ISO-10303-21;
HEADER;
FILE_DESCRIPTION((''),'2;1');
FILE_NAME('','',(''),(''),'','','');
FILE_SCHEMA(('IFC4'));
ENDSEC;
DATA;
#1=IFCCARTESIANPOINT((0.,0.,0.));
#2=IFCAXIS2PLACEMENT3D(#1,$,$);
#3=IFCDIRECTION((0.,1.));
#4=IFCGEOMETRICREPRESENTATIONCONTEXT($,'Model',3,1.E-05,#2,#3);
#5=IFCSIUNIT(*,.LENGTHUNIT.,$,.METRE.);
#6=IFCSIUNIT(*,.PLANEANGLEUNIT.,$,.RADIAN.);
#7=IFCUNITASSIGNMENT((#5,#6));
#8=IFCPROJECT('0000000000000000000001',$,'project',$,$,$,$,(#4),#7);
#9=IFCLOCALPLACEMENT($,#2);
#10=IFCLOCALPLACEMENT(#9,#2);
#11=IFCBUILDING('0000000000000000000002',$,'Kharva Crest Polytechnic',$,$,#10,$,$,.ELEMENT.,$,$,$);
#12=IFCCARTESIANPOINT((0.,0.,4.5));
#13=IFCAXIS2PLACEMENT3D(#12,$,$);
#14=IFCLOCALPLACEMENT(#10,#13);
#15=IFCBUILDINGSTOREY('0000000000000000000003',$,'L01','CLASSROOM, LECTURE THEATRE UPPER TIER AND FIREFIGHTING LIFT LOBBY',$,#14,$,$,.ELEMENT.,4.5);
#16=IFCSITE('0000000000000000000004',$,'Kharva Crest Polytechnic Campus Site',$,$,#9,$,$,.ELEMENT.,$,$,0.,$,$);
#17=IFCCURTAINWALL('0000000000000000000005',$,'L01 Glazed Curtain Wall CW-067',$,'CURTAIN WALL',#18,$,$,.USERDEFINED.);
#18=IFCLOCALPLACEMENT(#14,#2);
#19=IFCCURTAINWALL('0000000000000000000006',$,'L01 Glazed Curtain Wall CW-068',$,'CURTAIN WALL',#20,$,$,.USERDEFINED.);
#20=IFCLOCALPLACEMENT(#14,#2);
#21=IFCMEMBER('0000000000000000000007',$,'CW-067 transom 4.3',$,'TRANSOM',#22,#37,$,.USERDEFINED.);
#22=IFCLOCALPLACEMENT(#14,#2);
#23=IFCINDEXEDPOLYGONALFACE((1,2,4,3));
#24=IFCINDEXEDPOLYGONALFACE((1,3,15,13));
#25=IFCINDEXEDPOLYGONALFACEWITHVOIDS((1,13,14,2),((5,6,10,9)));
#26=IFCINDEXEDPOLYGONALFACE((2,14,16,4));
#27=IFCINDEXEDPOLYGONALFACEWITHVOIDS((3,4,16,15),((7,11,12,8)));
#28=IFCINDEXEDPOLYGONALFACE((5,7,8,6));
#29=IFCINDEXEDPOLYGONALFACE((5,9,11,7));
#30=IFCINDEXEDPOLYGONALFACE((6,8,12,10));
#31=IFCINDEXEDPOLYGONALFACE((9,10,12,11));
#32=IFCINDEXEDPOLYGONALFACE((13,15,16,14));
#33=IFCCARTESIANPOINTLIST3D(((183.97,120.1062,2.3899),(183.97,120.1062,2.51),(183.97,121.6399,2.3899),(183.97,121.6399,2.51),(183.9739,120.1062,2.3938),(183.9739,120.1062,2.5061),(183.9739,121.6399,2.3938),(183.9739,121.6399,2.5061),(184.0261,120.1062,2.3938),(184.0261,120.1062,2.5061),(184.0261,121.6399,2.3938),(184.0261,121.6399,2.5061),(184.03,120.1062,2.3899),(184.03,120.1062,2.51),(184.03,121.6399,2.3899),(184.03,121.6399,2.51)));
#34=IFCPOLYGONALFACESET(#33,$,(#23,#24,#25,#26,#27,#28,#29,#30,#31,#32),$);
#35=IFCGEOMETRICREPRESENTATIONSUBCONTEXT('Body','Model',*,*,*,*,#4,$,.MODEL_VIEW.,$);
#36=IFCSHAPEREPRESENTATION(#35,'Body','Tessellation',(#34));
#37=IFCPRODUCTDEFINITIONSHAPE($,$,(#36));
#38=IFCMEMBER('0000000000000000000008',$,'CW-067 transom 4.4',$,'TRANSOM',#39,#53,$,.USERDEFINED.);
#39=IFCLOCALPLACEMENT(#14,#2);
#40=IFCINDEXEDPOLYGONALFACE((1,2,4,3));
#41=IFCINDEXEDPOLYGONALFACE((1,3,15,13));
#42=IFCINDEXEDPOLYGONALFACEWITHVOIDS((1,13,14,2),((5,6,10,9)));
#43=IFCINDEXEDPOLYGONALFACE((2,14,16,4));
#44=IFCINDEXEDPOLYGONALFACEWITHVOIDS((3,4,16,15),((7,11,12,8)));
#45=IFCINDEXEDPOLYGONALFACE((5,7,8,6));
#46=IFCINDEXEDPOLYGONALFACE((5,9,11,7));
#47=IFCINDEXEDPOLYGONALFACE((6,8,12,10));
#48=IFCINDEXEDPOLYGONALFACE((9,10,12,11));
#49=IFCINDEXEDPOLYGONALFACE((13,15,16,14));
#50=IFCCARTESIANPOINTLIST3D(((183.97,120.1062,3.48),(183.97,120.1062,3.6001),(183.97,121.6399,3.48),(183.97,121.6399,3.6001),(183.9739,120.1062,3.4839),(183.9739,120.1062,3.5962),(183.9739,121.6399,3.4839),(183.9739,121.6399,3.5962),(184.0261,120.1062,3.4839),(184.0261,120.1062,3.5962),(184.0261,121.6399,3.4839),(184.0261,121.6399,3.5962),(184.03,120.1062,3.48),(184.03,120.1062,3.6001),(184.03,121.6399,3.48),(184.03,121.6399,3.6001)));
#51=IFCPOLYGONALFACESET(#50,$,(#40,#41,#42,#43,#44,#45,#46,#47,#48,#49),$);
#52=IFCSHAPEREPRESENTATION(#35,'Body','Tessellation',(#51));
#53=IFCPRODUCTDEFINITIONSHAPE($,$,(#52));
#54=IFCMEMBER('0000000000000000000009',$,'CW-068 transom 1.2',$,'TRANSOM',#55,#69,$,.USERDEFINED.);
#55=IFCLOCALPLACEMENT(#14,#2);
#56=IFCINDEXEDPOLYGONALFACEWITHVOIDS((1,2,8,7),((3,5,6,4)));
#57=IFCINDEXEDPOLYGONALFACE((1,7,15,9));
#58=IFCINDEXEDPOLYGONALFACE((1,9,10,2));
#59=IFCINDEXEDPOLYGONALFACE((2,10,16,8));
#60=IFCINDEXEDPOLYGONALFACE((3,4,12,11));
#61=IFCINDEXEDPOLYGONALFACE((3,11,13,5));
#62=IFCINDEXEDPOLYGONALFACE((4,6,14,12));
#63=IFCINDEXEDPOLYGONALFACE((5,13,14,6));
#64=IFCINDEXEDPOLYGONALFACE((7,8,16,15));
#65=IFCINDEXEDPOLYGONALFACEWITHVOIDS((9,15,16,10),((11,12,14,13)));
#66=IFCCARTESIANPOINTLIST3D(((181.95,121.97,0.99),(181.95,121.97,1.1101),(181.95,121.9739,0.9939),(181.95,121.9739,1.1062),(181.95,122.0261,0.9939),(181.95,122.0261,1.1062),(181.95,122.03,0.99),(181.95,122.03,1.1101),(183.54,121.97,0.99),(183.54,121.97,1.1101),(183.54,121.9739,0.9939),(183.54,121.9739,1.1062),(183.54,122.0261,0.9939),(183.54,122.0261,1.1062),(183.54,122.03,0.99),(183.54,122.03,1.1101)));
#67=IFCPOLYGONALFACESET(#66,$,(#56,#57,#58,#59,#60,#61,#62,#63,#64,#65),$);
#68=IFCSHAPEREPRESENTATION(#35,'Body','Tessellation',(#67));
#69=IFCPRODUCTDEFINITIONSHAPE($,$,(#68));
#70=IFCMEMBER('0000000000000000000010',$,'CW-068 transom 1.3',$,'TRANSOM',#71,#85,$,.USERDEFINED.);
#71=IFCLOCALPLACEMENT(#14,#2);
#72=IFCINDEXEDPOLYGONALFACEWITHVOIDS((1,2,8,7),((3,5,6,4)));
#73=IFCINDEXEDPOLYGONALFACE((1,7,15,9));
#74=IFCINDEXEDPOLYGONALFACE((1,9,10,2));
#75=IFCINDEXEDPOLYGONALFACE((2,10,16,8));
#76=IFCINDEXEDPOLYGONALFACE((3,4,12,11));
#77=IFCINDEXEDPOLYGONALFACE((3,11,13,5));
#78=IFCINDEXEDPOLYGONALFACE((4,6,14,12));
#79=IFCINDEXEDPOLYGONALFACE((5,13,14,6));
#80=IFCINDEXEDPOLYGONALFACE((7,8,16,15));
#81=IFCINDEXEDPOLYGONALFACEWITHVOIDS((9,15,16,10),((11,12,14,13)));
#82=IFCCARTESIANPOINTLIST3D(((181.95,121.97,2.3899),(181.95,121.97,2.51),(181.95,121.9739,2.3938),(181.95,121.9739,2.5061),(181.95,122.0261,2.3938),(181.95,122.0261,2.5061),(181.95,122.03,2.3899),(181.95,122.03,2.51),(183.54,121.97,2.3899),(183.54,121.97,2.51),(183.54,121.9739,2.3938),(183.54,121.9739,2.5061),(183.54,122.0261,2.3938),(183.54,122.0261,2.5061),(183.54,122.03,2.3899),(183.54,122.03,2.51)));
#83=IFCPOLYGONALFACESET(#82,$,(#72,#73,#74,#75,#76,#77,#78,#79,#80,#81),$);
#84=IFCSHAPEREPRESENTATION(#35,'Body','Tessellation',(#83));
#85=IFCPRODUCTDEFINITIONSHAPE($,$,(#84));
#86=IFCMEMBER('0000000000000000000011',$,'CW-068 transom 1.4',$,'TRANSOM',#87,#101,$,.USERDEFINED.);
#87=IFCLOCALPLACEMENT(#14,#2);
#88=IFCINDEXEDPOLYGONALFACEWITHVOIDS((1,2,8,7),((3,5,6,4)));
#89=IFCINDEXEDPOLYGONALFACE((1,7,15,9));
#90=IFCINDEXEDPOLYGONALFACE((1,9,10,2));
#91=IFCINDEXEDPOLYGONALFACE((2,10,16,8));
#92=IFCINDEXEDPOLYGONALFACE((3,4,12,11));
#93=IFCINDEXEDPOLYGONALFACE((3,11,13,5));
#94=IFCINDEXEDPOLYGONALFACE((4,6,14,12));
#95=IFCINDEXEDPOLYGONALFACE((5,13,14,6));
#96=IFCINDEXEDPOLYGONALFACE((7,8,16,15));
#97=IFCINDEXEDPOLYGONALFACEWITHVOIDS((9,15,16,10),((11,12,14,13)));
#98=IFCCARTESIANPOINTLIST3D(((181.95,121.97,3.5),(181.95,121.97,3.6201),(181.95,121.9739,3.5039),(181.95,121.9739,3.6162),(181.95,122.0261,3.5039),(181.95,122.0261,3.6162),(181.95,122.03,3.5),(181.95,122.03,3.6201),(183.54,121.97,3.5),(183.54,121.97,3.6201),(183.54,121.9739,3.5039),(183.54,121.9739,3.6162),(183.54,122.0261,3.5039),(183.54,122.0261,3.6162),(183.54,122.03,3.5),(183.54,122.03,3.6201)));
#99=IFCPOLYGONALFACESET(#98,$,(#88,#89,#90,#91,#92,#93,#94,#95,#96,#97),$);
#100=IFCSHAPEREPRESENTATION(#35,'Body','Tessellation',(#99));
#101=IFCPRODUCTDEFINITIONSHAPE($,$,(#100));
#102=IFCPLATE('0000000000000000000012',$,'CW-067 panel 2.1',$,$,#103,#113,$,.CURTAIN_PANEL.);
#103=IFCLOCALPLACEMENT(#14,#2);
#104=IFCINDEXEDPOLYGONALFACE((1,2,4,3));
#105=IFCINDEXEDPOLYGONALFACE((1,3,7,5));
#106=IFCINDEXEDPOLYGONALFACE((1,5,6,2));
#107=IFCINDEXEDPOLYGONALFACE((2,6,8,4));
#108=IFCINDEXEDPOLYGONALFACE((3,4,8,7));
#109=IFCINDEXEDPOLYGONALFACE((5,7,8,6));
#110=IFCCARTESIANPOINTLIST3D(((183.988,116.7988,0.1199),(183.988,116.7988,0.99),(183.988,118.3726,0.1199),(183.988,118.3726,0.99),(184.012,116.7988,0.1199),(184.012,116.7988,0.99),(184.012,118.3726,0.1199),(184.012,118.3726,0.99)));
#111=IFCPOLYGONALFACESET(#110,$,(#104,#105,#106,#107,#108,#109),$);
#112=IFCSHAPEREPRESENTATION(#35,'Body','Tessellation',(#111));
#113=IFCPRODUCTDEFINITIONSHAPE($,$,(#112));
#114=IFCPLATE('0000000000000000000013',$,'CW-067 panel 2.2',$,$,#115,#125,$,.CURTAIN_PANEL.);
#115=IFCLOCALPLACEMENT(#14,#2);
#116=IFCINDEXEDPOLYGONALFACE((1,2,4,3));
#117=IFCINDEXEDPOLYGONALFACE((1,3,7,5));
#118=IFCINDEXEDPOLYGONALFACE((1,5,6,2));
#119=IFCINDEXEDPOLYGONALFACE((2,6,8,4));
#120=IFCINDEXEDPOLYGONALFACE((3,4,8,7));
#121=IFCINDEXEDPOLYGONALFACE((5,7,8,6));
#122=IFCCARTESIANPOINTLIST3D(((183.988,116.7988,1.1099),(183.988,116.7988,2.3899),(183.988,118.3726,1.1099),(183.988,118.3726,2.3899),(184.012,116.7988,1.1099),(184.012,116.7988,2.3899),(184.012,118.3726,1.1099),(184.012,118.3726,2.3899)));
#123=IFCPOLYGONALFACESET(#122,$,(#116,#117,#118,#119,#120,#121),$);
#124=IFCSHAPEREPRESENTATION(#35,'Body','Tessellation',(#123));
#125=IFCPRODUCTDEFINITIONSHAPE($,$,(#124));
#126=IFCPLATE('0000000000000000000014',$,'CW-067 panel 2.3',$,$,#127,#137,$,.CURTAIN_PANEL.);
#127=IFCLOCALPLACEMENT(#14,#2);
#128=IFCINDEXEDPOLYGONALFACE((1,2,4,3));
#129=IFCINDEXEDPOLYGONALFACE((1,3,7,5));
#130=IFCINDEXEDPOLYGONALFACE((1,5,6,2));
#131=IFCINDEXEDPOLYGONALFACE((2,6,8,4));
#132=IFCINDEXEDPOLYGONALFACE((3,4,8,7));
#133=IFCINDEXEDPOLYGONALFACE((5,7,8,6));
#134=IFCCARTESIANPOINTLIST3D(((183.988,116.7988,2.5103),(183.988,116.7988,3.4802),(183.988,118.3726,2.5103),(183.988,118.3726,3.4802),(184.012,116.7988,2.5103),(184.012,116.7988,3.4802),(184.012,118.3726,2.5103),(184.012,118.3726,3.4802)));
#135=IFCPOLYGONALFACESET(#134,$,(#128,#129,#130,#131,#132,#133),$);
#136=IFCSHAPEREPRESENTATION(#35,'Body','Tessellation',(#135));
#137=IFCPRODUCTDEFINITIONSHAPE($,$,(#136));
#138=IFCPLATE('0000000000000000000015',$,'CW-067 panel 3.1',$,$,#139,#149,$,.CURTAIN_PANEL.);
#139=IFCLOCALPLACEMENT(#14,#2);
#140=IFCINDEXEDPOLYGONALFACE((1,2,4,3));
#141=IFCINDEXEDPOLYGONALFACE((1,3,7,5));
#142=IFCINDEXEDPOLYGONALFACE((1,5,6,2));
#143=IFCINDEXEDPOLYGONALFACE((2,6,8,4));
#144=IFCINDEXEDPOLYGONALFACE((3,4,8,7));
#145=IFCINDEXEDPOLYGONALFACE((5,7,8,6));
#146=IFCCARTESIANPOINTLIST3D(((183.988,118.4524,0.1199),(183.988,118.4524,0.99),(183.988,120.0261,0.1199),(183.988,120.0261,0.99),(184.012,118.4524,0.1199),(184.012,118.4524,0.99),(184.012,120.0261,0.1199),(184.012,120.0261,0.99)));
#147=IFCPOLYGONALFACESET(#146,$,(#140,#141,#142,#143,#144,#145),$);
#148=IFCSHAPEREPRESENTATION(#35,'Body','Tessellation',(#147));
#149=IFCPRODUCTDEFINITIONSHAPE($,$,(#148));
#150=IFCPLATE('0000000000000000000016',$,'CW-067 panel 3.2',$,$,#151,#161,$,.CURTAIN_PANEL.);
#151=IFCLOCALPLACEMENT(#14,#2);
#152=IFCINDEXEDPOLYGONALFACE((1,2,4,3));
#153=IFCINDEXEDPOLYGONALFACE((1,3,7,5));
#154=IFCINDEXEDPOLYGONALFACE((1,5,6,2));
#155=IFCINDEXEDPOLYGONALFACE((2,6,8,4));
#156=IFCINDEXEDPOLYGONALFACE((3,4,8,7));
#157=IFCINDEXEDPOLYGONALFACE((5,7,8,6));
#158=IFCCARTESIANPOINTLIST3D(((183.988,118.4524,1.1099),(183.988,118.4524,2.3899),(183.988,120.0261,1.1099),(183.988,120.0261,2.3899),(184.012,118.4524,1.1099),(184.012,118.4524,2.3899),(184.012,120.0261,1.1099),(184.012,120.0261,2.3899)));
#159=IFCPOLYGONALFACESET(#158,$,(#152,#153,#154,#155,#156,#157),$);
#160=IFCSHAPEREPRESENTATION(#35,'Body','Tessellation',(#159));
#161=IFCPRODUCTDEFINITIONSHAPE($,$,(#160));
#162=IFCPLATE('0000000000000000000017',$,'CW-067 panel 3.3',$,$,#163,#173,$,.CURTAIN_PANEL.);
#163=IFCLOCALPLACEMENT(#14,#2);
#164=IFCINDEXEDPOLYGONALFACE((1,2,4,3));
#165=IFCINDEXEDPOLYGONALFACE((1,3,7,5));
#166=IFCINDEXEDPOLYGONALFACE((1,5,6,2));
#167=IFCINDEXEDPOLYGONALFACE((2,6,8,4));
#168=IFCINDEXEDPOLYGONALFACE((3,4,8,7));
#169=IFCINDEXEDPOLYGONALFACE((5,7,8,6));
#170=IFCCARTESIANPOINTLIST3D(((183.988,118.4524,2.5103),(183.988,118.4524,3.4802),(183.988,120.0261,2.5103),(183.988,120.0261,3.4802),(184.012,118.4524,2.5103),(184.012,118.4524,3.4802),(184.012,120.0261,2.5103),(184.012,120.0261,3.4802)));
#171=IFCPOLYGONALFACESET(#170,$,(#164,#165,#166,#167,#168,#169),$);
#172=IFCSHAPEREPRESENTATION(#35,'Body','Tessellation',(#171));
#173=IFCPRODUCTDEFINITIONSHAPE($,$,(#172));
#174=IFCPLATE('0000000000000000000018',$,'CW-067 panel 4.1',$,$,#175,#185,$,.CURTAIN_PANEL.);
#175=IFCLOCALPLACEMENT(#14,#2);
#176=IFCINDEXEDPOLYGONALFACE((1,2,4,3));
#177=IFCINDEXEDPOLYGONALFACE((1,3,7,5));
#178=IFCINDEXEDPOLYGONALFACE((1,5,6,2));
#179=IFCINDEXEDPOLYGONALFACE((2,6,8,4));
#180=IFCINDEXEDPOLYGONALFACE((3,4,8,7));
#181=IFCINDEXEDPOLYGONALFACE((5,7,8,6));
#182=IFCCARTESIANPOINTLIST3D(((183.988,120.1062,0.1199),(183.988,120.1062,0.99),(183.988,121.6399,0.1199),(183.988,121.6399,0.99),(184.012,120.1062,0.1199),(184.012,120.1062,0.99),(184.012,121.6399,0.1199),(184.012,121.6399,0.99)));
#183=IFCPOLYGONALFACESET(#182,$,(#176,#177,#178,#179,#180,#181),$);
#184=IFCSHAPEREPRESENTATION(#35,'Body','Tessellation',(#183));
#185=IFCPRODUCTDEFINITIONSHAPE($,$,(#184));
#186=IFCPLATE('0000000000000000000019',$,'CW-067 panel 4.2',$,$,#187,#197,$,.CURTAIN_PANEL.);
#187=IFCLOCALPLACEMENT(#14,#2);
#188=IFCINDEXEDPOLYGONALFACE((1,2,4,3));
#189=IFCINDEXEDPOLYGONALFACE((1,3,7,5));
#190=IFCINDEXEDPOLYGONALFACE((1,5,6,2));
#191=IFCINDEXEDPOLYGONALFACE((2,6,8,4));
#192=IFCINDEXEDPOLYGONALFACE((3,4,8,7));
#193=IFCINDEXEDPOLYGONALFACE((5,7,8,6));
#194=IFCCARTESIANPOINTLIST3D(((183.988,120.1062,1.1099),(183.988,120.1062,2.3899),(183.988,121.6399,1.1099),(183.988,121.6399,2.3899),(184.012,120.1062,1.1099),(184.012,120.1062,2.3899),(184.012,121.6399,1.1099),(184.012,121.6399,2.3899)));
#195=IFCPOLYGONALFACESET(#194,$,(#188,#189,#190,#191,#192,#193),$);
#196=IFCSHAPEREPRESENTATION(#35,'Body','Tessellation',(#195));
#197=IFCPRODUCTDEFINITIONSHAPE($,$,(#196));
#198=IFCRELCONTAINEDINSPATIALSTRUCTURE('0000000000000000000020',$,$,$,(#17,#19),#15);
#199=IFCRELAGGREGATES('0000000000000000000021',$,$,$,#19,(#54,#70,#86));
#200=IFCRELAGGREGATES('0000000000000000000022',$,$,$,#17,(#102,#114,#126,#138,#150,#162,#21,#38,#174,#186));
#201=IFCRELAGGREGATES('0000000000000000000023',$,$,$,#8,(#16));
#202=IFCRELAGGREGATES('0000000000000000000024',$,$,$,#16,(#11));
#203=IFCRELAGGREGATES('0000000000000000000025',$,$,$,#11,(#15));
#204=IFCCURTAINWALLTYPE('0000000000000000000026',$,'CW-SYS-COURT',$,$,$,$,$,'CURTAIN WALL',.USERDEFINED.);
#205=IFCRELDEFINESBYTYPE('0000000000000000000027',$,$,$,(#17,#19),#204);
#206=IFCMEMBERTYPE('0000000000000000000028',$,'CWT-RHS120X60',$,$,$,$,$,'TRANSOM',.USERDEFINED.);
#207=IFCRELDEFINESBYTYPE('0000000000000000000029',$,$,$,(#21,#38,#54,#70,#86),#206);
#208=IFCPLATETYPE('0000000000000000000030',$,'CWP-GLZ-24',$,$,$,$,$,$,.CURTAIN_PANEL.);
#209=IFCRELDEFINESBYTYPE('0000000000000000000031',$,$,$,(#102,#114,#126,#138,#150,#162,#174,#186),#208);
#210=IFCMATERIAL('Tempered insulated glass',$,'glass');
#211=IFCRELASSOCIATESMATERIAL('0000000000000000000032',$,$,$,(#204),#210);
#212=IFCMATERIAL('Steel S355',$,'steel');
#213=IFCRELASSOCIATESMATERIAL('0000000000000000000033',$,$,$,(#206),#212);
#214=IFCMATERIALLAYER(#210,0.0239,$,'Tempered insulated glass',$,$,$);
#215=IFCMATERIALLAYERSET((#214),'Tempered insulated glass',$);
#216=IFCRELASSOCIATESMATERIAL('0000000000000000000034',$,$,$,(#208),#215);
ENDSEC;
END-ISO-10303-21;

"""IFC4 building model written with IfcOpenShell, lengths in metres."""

from ifc_helpers import new_model, si_unit, direction, frame, origin, origin_2d, place, context, subcontext, project, spatial, rectangle, hollow_rectangle, extrude, material, layer, layer_set, material_profile, profile_set, type_object, element, aggregate, save


model = new_model("IFC4")

# Units and contexts
model_context = context("Model", 3, precision=1e-05, world=origin(), true_north=direction((0.0, 1.0)))
body_context = subcontext(model_context, "Body", "Model", "MODEL_VIEW")
ifc_project = project(units=[si_unit("LENGTHUNIT", "METRE"), si_unit("PLANEANGLEUNIT", "RADIAN")], contexts=[model_context])

# Site, building, storey
site_placement = place(None, origin())
site = spatial("IfcSite", under=ifc_project, at=site_placement, Name="Kharva Crest Polytechnic Campus Site", CompositionType="ELEMENT", RefElevation=0.0)
building_placement = place(site_placement, origin())
building = spatial("IfcBuilding", under=site, at=building_placement, Name="Kharva Crest Polytechnic", CompositionType="ELEMENT")
storey_placement = place(building_placement, frame((0.0, 0.0, 4.5)))
storey = spatial("IfcBuildingStorey", under=building, at=storey_placement, Name="L01", Description="CLASSROOM, LECTURE THEATRE UPPER TIER AND FIREFIGHTING LIFT LOBBY", CompositionType="ELEMENT", Elevation=4.5)

# Curtain wall
ifc_material_1 = material(Name="Tempered insulated glass", Category="glass")
curtain_wall_type = type_object("IfcCurtainWallType", Name="CW-SYS-COURT", ElementType="CURTAIN WALL", PredefinedType="USERDEFINED", material=ifc_material_1)
curtain_wall_1_placement = place(storey_placement, origin())
curtain_wall_1 = element("IfcCurtainWall", 1, at=curtain_wall_1_placement, inside=storey, type_object=curtain_wall_type, Name="L01 Glazed Curtain Wall CW-067", ObjectType="CURTAIN WALL", PredefinedType="USERDEFINED")
ifc_material_2 = material(Name="Steel S355", Category="steel")

# Curtain wall
curtain_wall_2_placement = place(storey_placement, origin())
curtain_wall_2 = element("IfcCurtainWall", 2, at=curtain_wall_2_placement, inside=storey, type_object=curtain_wall_type, Name="L01 Glazed Curtain Wall CW-068", ObjectType="CURTAIN WALL", PredefinedType="USERDEFINED")

# Members
ifc_material_profile_1 = material_profile(ifc_material_2, hollow_rectangle(XDim=0.0601, YDim=0.1201, WallThickness=0.0039, at=origin_2d()), Name="RHS 120X60X4.0")
ifc_profile_set_1 = profile_set([ifc_material_profile_1], Name="Steel S355")
member_type_1 = type_object("IfcMemberType", Name="CWT-RHS120X60", ElementType="TRANSOM", PredefinedType="USERDEFINED", material=ifc_profile_set_1)
member_1_placement = place(storey_placement, frame((184.0, 120.1062, 2.45), z_axis=(0.0, 1.0, 0.0), x_axis=(-1.0, 0.0, 0.0)))
member_1 = element("IfcMember", 3, at=member_1_placement, type_object=member_type_1, Name="CW-067 transom 4.3", ObjectType="TRANSOM", PredefinedType="USERDEFINED", context=body_context, shape_type="SweptSolid", body=[
    extrude(hollow_rectangle(XDim=0.0601, YDim=0.1201, WallThickness=0.0039, at=origin_2d()), origin(), (0.0, 0.0, 1.0), 1.5337),
])
member_2_placement = place(storey_placement, frame((184.0, 120.1062, 3.54), z_axis=(0.0, 1.0, 0.0), x_axis=(-1.0, 0.0, 0.0)))
member_2 = element("IfcMember", 4, at=member_2_placement, type_object=member_type_1, Name="CW-067 transom 4.4", ObjectType="TRANSOM", PredefinedType="USERDEFINED", context=body_context, shape_type="SweptSolid", body=[
    extrude(hollow_rectangle(XDim=0.0601, YDim=0.1201, WallThickness=0.0039, at=origin_2d()), origin(), (0.0, 0.0, 1.0), 1.5337),
])
member_3_placement = place(storey_placement, frame((183.54, 122.0, 1.05), z_axis=(-1.0, 0.0, 0.0), x_axis=(0.0, -1.0, 0.0)))
member_3 = element("IfcMember", 5, at=member_3_placement, type_object=member_type_1, Name="CW-068 transom 1.2", ObjectType="TRANSOM", PredefinedType="USERDEFINED", context=body_context, shape_type="SweptSolid", body=[
    extrude(hollow_rectangle(XDim=0.0601, YDim=0.1201, WallThickness=0.0039, at=origin_2d()), origin(), (0.0, 0.0, 1.0), 1.5901),
])
member_4_placement = place(storey_placement, frame((183.54, 122.0, 2.45), z_axis=(-1.0, 0.0, 0.0), x_axis=(0.0, -1.0, 0.0)))
member_4 = element("IfcMember", 6, at=member_4_placement, type_object=member_type_1, Name="CW-068 transom 1.3", ObjectType="TRANSOM", PredefinedType="USERDEFINED", context=body_context, shape_type="SweptSolid", body=[
    extrude(hollow_rectangle(XDim=0.0601, YDim=0.1201, WallThickness=0.0039, at=origin_2d()), origin(), (0.0, 0.0, 1.0), 1.5901),
])
member_5_placement = place(storey_placement, frame((183.54, 122.0, 3.5601), z_axis=(-1.0, 0.0, 0.0), x_axis=(0.0, -1.0, 0.0)))
member_5 = element("IfcMember", 7, at=member_5_placement, type_object=member_type_1, Name="CW-068 transom 1.4", ObjectType="TRANSOM", PredefinedType="USERDEFINED", context=body_context, shape_type="SweptSolid", body=[
    extrude(hollow_rectangle(XDim=0.0601, YDim=0.1201, WallThickness=0.0039, at=origin_2d()), origin(), (0.0, 0.0, 1.0), 1.5901),
])
aggregate(curtain_wall_2, [member_3, member_4, member_5])

# Plates
ifc_layer = layer(ifc_material_1, 0.0239, Name="Tempered insulated glass")
ifc_layer_set = layer_set([ifc_layer], Name="Tempered insulated glass")
plate_type = type_object("IfcPlateType", Name="CWP-GLZ-24", PredefinedType="CURTAIN_PANEL", material=ifc_layer_set)
plate_1_placement = place(storey_placement, frame((184.0, 117.5857, 0.1199), z_axis=(0.0, 0.0, 1.0), x_axis=(0.0, 1.0, 0.0)))
plate_1 = element("IfcPlate", 8, at=plate_1_placement, type_object=plate_type, Name="CW-067 panel 2.1", PredefinedType="CURTAIN_PANEL", context=body_context, shape_type="SweptSolid", body=[
    extrude(rectangle(XDim=1.5737, YDim=0.0239, at=origin_2d()), origin(), (0.0, 0.0, 1.0), 0.8701),
])
plate_2_placement = place(storey_placement, frame((184.0, 117.5857, 1.1099), z_axis=(0.0, 0.0, 1.0), x_axis=(0.0, 1.0, 0.0)))
plate_2 = element("IfcPlate", 9, at=plate_2_placement, type_object=plate_type, Name="CW-067 panel 2.2", PredefinedType="CURTAIN_PANEL", context=body_context, shape_type="SweptSolid", body=[
    extrude(rectangle(XDim=1.5737, YDim=0.0239, at=origin_2d()), origin(), (0.0, 0.0, 1.0), 1.28),
])
plate_3_placement = place(storey_placement, frame((184.0, 117.5857, 2.5103), z_axis=(0.0, 0.0, 1.0), x_axis=(0.0, 1.0, 0.0)))
plate_3 = element("IfcPlate", 10, at=plate_3_placement, type_object=plate_type, Name="CW-067 panel 2.3", PredefinedType="CURTAIN_PANEL", context=body_context, shape_type="SweptSolid", body=[
    extrude(rectangle(XDim=1.5737, YDim=0.0239, at=origin_2d()), origin(), (0.0, 0.0, 1.0), 0.97),
])
plate_4_placement = place(storey_placement, frame((184.0, 119.2393, 0.1199), z_axis=(0.0, 0.0, 1.0), x_axis=(0.0, 1.0, 0.0)))
plate_4 = element("IfcPlate", 11, at=plate_4_placement, type_object=plate_type, Name="CW-067 panel 3.1", PredefinedType="CURTAIN_PANEL", context=body_context, shape_type="SweptSolid", body=[
    extrude(rectangle(XDim=1.5737, YDim=0.0239, at=origin_2d()), origin(), (0.0, 0.0, 1.0), 0.8701),
])
plate_5_placement = place(storey_placement, frame((184.0, 119.2393, 1.1099), z_axis=(0.0, 0.0, 1.0), x_axis=(0.0, 1.0, 0.0)))
plate_5 = element("IfcPlate", 12, at=plate_5_placement, type_object=plate_type, Name="CW-067 panel 3.2", PredefinedType="CURTAIN_PANEL", context=body_context, shape_type="SweptSolid", body=[
    extrude(rectangle(XDim=1.5737, YDim=0.0239, at=origin_2d()), origin(), (0.0, 0.0, 1.0), 1.28),
])
plate_6_placement = place(storey_placement, frame((184.0, 119.2393, 2.5103), z_axis=(0.0, 0.0, 1.0), x_axis=(0.0, 1.0, 0.0)))
plate_6 = element("IfcPlate", 13, at=plate_6_placement, type_object=plate_type, Name="CW-067 panel 3.3", PredefinedType="CURTAIN_PANEL", context=body_context, shape_type="SweptSolid", body=[
    extrude(rectangle(XDim=1.5737, YDim=0.0239, at=origin_2d()), origin(), (0.0, 0.0, 1.0), 0.97),
])
plate_7_placement = place(storey_placement, frame((184.0, 120.873, 0.1199), z_axis=(0.0, 0.0, 1.0), x_axis=(0.0, 1.0, 0.0)))
plate_7 = element("IfcPlate", 14, at=plate_7_placement, type_object=plate_type, Name="CW-067 panel 4.1", PredefinedType="CURTAIN_PANEL", context=body_context, shape_type="SweptSolid", body=[
    extrude(rectangle(XDim=1.5337, YDim=0.0239, at=origin_2d()), origin(), (0.0, 0.0, 1.0), 0.8701),
])
plate_8_placement = place(storey_placement, frame((184.0, 120.873, 1.1099), z_axis=(0.0, 0.0, 1.0), x_axis=(0.0, 1.0, 0.0)))
plate_8 = element("IfcPlate", 15, at=plate_8_placement, type_object=plate_type, Name="CW-067 panel 4.2", PredefinedType="CURTAIN_PANEL", context=body_context, shape_type="SweptSolid", body=[
    extrude(rectangle(XDim=1.5337, YDim=0.0239, at=origin_2d()), origin(), (0.0, 0.0, 1.0), 1.28),
])
aggregate(curtain_wall_1, [plate_1, plate_2, plate_3, plate_4, plate_5, plate_6, member_1, member_2, plate_7, plate_8])

save(model, "model.ifc")
